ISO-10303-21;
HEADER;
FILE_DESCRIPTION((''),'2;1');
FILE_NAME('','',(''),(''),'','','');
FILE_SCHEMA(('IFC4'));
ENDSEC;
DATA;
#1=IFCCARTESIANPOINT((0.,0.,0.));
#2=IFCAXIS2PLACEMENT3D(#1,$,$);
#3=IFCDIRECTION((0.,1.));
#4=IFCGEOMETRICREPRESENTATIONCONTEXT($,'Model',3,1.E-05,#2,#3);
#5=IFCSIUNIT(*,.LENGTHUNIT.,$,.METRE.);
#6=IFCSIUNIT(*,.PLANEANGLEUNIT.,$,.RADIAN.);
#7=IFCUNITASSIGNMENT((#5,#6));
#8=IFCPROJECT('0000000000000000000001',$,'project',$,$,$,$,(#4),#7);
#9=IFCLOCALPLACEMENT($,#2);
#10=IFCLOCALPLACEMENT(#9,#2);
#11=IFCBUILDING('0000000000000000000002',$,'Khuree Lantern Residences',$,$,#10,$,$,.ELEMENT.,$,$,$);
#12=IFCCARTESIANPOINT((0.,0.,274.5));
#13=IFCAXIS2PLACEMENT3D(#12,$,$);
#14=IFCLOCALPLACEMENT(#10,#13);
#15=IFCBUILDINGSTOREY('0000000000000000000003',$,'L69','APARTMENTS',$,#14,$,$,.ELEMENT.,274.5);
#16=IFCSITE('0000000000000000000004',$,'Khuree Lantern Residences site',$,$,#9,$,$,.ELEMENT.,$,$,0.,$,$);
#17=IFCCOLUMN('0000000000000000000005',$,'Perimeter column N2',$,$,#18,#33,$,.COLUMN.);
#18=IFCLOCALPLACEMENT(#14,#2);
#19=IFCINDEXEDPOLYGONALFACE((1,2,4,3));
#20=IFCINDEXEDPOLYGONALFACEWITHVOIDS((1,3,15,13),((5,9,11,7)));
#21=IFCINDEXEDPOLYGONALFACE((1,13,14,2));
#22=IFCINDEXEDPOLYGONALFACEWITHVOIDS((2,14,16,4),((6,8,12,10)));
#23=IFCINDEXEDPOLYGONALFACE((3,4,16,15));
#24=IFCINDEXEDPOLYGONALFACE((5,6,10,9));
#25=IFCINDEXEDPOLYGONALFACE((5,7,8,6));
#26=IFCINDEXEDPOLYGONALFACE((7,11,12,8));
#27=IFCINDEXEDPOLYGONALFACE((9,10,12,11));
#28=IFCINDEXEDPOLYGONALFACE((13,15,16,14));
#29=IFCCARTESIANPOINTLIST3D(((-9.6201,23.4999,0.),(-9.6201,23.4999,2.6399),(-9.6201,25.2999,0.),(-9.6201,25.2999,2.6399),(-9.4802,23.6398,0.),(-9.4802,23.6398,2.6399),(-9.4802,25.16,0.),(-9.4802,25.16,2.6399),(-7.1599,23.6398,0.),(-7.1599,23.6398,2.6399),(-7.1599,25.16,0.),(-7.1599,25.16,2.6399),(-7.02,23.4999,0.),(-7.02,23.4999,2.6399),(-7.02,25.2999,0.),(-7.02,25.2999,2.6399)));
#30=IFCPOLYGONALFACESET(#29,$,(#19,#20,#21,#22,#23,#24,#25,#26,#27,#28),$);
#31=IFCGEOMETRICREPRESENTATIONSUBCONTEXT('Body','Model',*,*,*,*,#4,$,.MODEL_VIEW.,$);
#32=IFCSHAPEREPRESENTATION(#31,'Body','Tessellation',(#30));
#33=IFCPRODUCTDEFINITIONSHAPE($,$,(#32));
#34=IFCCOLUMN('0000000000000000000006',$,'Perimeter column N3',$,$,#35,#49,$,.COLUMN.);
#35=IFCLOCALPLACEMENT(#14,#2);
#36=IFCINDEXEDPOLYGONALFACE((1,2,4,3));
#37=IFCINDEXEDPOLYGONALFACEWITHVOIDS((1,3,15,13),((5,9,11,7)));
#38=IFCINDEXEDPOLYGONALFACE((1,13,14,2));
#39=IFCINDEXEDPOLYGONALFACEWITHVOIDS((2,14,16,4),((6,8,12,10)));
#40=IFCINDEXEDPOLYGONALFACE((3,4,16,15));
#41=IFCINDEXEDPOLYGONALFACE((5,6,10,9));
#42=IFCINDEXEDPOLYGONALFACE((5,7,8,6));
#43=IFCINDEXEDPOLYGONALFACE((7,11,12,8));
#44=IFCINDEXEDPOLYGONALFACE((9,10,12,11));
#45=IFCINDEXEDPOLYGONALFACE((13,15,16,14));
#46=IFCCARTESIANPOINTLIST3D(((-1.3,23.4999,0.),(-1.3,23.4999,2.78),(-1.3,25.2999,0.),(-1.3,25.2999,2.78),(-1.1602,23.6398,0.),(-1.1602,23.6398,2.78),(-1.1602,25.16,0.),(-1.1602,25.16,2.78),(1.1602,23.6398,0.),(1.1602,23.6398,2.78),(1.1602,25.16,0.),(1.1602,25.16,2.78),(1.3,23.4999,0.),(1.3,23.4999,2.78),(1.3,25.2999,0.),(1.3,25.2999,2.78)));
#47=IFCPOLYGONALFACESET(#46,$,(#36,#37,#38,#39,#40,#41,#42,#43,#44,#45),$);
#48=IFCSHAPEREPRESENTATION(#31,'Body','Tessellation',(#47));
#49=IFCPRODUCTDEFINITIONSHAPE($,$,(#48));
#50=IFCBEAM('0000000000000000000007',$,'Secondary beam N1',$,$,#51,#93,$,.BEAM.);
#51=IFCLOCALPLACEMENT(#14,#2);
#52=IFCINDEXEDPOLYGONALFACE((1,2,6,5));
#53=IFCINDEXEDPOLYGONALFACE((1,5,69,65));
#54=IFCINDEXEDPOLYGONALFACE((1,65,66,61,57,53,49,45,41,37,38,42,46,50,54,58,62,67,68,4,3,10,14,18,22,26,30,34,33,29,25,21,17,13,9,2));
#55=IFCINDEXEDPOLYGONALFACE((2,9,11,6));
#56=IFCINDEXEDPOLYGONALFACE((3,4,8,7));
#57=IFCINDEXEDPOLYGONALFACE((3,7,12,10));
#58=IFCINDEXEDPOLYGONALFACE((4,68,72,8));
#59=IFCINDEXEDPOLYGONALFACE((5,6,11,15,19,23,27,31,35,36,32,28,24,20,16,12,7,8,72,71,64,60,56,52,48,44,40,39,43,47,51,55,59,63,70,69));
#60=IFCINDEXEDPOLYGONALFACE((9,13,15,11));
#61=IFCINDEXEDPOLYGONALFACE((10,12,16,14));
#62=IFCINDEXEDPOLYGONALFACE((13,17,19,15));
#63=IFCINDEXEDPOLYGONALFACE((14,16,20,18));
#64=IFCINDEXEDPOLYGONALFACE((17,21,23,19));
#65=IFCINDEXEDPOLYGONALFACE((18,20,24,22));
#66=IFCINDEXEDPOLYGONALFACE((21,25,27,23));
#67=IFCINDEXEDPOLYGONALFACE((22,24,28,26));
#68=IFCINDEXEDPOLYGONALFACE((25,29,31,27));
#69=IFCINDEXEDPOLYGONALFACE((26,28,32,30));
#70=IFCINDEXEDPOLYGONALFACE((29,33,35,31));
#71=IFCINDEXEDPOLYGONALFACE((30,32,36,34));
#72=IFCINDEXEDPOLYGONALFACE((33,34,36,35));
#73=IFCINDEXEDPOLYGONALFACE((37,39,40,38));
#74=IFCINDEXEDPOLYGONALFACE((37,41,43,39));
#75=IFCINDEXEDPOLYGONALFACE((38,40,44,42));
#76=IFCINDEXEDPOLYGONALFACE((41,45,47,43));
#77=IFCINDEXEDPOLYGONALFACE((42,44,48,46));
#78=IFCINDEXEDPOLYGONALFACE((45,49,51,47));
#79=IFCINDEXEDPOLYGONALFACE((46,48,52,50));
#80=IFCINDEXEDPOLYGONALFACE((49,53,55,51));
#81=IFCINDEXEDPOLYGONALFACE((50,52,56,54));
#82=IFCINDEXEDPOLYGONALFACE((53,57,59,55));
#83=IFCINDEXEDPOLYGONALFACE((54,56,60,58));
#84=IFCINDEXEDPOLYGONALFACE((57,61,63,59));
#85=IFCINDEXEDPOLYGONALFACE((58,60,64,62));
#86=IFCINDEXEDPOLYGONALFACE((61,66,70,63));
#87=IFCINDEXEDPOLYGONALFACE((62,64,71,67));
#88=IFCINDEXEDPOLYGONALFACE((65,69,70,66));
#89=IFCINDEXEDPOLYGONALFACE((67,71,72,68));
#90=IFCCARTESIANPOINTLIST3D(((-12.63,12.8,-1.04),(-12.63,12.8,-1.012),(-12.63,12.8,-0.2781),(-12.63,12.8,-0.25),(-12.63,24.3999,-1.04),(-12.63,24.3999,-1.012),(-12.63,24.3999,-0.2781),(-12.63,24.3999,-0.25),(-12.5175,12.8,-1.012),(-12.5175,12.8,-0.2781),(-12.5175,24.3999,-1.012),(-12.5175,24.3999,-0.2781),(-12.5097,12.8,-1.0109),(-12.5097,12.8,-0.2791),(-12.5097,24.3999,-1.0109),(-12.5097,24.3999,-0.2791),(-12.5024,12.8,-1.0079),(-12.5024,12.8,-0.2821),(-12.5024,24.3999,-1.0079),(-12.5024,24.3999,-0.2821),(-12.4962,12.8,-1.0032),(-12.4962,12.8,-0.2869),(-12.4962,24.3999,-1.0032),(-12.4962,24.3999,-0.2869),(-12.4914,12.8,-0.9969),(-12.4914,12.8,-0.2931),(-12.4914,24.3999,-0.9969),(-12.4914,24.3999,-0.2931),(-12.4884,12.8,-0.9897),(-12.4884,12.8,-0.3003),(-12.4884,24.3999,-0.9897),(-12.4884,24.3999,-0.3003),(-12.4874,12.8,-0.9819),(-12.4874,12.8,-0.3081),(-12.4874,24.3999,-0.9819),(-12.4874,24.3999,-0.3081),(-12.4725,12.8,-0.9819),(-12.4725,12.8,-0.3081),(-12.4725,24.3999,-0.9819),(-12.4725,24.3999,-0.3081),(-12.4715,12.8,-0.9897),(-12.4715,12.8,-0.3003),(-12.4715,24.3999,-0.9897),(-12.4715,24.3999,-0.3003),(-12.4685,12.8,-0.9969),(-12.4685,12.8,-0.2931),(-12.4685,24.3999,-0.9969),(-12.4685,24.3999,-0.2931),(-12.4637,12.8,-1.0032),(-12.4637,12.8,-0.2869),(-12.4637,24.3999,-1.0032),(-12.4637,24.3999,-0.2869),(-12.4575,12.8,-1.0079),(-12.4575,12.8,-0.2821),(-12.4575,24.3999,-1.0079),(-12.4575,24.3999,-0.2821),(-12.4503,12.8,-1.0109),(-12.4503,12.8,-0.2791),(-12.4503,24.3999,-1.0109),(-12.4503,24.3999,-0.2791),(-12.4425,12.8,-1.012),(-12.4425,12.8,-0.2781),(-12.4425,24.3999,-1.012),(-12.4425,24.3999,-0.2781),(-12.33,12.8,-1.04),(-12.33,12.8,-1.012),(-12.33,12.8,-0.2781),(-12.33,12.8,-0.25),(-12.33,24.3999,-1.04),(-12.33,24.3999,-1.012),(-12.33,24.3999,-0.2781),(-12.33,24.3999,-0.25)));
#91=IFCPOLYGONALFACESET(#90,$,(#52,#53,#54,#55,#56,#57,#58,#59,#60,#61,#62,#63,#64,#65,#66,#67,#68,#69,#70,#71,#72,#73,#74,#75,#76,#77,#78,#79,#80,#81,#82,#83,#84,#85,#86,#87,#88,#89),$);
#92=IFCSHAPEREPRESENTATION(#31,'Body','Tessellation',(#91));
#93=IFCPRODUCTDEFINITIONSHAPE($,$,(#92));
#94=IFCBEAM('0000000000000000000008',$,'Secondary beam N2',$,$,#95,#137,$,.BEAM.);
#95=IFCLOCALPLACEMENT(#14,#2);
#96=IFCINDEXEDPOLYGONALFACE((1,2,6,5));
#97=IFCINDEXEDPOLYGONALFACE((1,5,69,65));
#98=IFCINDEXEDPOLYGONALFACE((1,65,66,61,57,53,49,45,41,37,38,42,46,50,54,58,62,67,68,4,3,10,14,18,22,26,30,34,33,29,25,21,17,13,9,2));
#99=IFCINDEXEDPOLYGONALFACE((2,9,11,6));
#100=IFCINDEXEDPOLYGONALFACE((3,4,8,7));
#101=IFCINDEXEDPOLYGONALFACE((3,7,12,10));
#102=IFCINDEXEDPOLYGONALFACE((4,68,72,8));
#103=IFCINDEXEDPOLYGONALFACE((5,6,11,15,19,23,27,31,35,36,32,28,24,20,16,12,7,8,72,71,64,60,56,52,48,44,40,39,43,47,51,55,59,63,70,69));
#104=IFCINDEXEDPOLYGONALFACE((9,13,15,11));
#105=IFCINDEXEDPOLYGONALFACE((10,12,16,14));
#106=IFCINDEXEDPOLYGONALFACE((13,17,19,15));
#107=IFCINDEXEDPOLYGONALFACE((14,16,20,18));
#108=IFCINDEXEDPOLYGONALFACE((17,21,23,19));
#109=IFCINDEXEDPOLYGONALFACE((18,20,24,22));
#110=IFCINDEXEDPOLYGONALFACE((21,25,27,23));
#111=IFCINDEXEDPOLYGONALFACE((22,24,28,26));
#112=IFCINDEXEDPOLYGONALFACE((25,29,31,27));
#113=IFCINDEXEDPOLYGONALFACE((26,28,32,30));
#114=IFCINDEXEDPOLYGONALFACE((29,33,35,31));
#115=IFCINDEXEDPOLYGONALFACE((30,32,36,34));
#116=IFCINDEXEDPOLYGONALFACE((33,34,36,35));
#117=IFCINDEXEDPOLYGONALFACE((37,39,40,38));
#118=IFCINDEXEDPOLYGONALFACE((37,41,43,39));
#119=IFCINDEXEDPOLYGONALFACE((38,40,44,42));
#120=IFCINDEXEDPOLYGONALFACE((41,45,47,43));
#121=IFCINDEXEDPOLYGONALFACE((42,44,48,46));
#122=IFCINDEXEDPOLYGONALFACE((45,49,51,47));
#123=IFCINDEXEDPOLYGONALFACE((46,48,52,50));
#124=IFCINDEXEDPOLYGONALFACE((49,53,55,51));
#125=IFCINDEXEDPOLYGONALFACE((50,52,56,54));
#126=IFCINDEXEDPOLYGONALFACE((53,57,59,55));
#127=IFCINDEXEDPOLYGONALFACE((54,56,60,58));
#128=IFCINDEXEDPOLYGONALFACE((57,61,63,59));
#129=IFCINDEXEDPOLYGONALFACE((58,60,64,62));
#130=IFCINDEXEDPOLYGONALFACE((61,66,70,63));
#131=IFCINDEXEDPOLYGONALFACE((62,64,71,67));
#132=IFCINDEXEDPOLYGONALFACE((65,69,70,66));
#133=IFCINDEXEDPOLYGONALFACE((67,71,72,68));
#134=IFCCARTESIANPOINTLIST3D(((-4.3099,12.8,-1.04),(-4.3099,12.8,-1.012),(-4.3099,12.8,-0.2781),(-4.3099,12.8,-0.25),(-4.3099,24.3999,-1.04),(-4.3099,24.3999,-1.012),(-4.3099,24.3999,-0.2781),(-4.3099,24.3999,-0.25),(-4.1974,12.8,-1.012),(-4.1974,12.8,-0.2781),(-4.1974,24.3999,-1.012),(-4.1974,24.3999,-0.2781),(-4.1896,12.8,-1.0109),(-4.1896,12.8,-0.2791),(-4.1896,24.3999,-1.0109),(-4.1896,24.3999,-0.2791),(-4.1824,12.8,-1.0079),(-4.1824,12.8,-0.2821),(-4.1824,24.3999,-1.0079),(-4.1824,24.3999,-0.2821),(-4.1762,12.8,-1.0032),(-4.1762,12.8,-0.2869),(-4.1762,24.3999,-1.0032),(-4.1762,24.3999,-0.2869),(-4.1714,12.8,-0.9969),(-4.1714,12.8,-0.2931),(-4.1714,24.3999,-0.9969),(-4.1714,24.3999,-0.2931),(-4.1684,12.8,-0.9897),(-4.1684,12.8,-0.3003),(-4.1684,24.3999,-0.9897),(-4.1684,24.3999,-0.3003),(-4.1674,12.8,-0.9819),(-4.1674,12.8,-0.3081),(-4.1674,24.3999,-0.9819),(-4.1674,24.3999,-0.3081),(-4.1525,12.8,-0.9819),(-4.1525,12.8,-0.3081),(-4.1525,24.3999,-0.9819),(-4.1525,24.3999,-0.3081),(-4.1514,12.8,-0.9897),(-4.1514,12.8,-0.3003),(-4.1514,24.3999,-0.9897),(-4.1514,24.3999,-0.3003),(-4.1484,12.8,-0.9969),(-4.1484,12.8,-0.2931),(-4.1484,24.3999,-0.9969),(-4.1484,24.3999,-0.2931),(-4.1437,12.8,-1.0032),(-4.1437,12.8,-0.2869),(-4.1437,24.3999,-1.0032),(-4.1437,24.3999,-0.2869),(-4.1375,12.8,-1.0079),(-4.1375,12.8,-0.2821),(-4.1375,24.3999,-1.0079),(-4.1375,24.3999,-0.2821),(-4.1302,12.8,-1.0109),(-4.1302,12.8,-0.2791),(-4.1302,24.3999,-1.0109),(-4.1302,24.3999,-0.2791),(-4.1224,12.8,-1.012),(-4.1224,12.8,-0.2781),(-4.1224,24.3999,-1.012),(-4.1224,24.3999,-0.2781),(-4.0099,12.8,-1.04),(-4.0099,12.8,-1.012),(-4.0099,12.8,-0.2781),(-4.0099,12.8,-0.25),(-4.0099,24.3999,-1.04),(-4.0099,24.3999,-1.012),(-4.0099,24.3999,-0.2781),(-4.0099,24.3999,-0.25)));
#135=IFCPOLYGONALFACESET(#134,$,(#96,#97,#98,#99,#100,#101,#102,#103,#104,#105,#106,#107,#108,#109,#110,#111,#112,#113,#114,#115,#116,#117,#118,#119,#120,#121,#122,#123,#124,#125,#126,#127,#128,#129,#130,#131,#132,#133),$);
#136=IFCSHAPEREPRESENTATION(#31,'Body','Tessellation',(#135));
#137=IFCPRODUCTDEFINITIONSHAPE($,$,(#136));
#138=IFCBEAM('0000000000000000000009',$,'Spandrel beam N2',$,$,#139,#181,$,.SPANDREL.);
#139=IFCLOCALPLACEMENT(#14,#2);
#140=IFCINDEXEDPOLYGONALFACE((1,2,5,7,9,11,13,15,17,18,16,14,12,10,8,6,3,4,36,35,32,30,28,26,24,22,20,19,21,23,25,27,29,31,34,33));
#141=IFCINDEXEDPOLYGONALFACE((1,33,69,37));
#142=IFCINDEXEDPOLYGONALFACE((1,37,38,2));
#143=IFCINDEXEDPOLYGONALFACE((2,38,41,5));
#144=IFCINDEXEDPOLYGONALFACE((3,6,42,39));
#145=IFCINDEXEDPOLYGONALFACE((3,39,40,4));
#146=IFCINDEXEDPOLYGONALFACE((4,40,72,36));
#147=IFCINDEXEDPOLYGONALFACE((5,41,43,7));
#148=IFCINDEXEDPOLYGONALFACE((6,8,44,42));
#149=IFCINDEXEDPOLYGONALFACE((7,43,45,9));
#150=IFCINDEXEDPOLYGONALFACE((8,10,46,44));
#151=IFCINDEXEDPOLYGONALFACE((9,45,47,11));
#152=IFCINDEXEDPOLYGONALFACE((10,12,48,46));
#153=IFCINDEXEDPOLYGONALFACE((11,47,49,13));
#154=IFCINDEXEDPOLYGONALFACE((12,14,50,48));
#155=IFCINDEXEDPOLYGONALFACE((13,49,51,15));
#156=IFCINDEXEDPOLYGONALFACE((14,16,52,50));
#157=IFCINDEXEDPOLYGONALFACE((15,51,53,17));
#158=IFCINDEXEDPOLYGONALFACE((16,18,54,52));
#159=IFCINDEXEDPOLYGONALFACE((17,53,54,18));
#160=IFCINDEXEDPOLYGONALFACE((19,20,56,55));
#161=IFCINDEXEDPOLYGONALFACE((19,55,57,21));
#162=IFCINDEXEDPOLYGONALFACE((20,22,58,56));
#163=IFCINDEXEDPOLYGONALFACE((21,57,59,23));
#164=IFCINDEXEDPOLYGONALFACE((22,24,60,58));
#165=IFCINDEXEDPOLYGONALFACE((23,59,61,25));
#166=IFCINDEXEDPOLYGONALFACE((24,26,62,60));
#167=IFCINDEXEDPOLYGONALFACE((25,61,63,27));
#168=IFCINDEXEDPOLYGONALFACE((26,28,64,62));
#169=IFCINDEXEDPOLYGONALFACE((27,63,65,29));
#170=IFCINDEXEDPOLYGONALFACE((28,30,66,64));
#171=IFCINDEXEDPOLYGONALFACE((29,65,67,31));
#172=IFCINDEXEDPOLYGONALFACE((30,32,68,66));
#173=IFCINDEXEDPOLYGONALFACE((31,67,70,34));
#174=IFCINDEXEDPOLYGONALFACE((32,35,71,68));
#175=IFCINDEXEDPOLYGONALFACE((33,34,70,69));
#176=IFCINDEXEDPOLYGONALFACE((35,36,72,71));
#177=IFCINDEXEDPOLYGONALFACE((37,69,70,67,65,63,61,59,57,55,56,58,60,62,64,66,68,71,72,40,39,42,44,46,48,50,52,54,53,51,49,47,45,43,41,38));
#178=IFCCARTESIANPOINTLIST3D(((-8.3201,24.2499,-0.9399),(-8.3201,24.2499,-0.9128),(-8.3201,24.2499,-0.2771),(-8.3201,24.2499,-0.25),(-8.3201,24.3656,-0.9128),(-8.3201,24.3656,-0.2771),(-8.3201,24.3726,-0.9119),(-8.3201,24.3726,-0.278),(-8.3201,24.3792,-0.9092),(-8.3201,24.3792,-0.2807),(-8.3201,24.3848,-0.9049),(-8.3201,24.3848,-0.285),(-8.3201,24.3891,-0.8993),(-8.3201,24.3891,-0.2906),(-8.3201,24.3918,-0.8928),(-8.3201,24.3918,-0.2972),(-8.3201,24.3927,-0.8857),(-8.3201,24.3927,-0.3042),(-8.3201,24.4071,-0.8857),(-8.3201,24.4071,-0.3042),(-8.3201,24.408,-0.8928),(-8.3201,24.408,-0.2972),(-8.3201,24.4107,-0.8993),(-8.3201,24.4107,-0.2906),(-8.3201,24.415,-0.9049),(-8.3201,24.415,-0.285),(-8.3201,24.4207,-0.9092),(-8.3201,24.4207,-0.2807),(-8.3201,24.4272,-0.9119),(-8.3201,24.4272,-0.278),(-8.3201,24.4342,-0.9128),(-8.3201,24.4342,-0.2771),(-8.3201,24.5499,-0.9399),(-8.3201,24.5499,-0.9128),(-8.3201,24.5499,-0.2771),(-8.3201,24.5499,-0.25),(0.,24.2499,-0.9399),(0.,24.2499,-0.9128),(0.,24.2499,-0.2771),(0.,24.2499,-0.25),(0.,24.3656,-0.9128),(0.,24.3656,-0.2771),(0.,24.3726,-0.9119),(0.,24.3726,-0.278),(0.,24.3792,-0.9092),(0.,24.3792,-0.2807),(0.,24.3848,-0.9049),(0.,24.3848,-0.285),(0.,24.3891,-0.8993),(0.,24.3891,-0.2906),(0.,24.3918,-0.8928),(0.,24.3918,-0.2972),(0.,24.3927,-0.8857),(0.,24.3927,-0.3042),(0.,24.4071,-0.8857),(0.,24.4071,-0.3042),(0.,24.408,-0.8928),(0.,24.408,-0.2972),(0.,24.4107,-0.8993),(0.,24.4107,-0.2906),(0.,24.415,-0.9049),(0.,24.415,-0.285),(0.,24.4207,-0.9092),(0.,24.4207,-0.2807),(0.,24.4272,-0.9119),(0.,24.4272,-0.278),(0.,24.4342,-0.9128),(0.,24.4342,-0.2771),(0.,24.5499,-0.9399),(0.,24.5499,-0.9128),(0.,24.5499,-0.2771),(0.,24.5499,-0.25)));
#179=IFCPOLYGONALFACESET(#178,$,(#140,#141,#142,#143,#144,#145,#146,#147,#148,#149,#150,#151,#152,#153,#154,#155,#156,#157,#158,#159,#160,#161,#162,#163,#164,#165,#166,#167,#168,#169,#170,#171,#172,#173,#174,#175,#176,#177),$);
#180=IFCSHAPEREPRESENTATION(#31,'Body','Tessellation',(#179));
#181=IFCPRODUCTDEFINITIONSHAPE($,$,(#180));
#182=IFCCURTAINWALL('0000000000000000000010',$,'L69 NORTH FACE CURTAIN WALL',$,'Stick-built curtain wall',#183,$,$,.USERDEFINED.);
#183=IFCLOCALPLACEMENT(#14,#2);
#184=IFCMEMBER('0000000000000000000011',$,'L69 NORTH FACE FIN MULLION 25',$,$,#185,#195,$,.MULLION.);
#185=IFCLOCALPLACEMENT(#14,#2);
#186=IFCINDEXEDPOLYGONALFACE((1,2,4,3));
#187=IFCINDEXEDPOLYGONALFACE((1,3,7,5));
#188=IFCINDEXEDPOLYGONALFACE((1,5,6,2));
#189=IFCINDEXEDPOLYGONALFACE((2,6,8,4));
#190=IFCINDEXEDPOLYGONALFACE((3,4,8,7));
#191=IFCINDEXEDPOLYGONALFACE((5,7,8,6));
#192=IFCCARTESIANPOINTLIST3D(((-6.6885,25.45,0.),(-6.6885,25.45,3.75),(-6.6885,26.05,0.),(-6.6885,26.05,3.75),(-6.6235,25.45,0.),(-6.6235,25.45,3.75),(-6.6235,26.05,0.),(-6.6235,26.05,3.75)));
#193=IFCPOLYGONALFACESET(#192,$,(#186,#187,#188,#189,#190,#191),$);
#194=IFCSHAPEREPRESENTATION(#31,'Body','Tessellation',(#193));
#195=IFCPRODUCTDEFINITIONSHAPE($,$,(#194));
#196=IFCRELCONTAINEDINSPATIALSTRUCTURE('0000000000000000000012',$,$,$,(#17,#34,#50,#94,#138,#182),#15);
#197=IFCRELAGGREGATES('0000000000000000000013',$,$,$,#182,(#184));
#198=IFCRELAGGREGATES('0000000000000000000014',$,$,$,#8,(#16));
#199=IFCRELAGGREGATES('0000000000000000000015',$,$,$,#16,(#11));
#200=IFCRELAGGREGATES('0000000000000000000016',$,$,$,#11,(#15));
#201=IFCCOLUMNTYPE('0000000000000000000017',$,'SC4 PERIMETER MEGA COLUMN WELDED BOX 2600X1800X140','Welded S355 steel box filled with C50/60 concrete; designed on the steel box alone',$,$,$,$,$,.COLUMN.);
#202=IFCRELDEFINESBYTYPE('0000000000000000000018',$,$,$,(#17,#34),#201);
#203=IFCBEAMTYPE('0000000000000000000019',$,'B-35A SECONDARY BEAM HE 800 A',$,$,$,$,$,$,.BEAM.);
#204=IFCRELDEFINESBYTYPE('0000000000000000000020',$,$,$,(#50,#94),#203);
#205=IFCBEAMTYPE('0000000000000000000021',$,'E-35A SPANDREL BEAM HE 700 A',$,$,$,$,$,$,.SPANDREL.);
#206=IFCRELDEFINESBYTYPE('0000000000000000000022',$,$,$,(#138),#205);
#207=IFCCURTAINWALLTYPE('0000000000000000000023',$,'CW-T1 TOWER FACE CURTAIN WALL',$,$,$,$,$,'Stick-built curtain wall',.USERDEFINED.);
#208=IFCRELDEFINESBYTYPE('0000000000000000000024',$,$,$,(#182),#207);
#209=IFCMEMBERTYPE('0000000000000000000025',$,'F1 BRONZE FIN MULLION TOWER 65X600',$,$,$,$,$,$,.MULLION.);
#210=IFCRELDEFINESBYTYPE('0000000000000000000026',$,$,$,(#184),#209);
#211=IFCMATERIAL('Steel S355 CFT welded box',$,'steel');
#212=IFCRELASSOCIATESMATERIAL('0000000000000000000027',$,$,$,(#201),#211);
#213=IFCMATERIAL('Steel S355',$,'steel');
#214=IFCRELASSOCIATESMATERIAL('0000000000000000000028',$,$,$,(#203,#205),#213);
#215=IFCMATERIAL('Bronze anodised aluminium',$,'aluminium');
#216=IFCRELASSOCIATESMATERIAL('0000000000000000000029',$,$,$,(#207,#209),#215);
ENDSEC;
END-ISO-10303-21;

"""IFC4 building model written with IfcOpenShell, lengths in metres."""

from ifc_helpers import new_model, si_unit, direction, frame, origin, origin_2d, place, context, subcontext, project, spatial, rectangle, hollow_rectangle, i_section, extrude, material, material_profile, profile_set, type_object, element, aggregate, save


model = new_model("IFC4")

# Units and contexts
model_context = context("Model", 3, precision=1e-05, world=origin(), true_north=direction((0.0, 1.0)))
body_context = subcontext(model_context, "Body", "Model", "MODEL_VIEW")
ifc_project = project(units=[si_unit("LENGTHUNIT", "METRE"), si_unit("PLANEANGLEUNIT", "RADIAN")], contexts=[model_context])

# Site, building, storey
site_placement = place(None, origin())
site = spatial("IfcSite", under=ifc_project, at=site_placement, Name="Khuree Lantern Residences site", CompositionType="ELEMENT", RefElevation=0.0)
building_placement = place(site_placement, origin())
building = spatial("IfcBuilding", under=site, at=building_placement, Name="Khuree Lantern Residences", CompositionType="ELEMENT")
storey_placement = place(building_placement, frame((0.0, 0.0, 274.5)))
storey = spatial("IfcBuildingStorey", under=building, at=storey_placement, Name="L69", Description="APARTMENTS", CompositionType="ELEMENT", Elevation=274.5)

# Columns
ifc_material_1 = material(Name="Steel S355 CFT welded box", Category="steel")
ifc_material_profile_1 = material_profile(ifc_material_1, hollow_rectangle(XDim=2.6001, YDim=1.8, WallThickness=0.1399, at=origin_2d()), Name="WELDED BOX 2600X1800X140")
ifc_profile_set_1 = profile_set([ifc_material_profile_1], Name="Steel S355 CFT welded box")
column_type = type_object("IfcColumnType", Name="SC4 PERIMETER MEGA COLUMN WELDED BOX 2600X1800X140", Description="Welded S355 steel box filled with C50/60 concrete; designed on the steel box alone", PredefinedType="COLUMN", material=ifc_profile_set_1)
column_1_placement = place(storey_placement, frame((-8.3201, 24.3999, 0.0), z_axis=(0.0, 0.0, 1.0), x_axis=(1.0, 0.0, 0.0)))
element("IfcColumn", 1, at=column_1_placement, inside=storey, type_object=column_type, Name="Perimeter column N2", PredefinedType="COLUMN", context=body_context, shape_type="SweptSolid", body=[
    extrude(hollow_rectangle(XDim=2.6001, YDim=1.8, WallThickness=0.1399, at=origin_2d()), origin(), (0.0, 0.0, 1.0), 2.6399),
])
column_2_placement = place(storey_placement, frame((0.0, 24.3999, 0.0), z_axis=(0.0, 0.0, 1.0), x_axis=(1.0, 0.0, 0.0)))
element("IfcColumn", 2, at=column_2_placement, inside=storey, type_object=column_type, Name="Perimeter column N3", PredefinedType="COLUMN", context=body_context, shape_type="SweptSolid", body=[
    extrude(hollow_rectangle(XDim=2.6001, YDim=1.8, WallThickness=0.1399, at=origin_2d()), origin(), (0.0, 0.0, 1.0), 2.78),
])

# Beams
ifc_material_2 = material(Name="Steel S355", Category="steel")
ifc_material_profile_2 = material_profile(ifc_material_2, i_section(OverallWidth=0.3, OverallDepth=0.79, WebThickness=0.0149, FlangeThickness=0.0281, FilletRadius=0.03, at=origin_2d()), Name="HE 800 A")
ifc_profile_set_2 = profile_set([ifc_material_profile_2], Name="Steel S355")
beam_type_1 = type_object("IfcBeamType", Name="B-35A SECONDARY BEAM HE 800 A", PredefinedType="BEAM", material=ifc_profile_set_2)
for number, where, z_axis, x_axis, name in (
    (3, (-12.48, 24.3999, -0.645), (0.0, -1.0, 0.0), (1.0, 0.0, 0.0), "Secondary beam N1"),
    (4, (-4.1599, 24.3999, -0.645), (0.0, -1.0, 0.0), (1.0, 0.0, 0.0), "Secondary beam N2"),
):
    element("IfcBeam", number, at=place(storey_placement, frame(where, z_axis=z_axis, x_axis=x_axis)), inside=storey, type_object=beam_type_1, Name=name, PredefinedType="BEAM", context=body_context, shape_type="SweptSolid", body=[
        extrude(i_section(OverallWidth=0.3, OverallDepth=0.79, WebThickness=0.0149, FlangeThickness=0.0281, FilletRadius=0.03, at=origin_2d()), origin(), (0.0, 0.0, 1.0), 11.5999),
    ])
ifc_material_profile_3 = material_profile(ifc_material_2, i_section(OverallWidth=0.3, OverallDepth=0.6899, WebThickness=0.0144, FlangeThickness=0.0271, FilletRadius=0.0271, at=origin_2d()), Name="HE 700 A")
ifc_profile_set_3 = profile_set([ifc_material_profile_3], Name="Steel S355")
beam_type_2 = type_object("IfcBeamType", Name="E-35A SPANDREL BEAM HE 700 A", PredefinedType="SPANDREL", material=ifc_profile_set_3)
beam_1_placement = place(storey_placement, frame((-8.3201, 24.3999, -0.595), z_axis=(1.0, 0.0, 0.0), x_axis=(0.0, 1.0, 0.0)))
element("IfcBeam", 5, at=beam_1_placement, inside=storey, type_object=beam_type_2, Name="Spandrel beam N2", PredefinedType="SPANDREL", context=body_context, shape_type="SweptSolid", body=[
    extrude(i_section(OverallWidth=0.3, OverallDepth=0.6899, WebThickness=0.0144, FlangeThickness=0.0271, FilletRadius=0.0271, at=origin_2d()), origin(), (0.0, 0.0, 1.0), 8.3201),
])

# Curtain wall, member
ifc_material_3 = material(Name="Bronze anodised aluminium", Category="aluminium")
curtain_wall_type = type_object("IfcCurtainWallType", Name="CW-T1 TOWER FACE CURTAIN WALL", ElementType="Stick-built curtain wall", PredefinedType="USERDEFINED", material=ifc_material_3)
curtain_wall_placement = place(storey_placement, origin())
curtain_wall = element("IfcCurtainWall", 6, at=curtain_wall_placement, inside=storey, type_object=curtain_wall_type, Name="L69 NORTH FACE CURTAIN WALL", ObjectType="Stick-built curtain wall", PredefinedType="USERDEFINED")
ifc_material_profile_4 = material_profile(ifc_material_3, rectangle(XDim=0.0649, YDim=0.6001, at=origin_2d()), Name="F1 65X600")
ifc_profile_set_4 = profile_set([ifc_material_profile_4], Name="Bronze anodised aluminium")
member_type_1 = type_object("IfcMemberType", Name="F1 BRONZE FIN MULLION TOWER 65X600", PredefinedType="MULLION", material=ifc_profile_set_4)
member_1_placement = place(storey_placement, frame((-6.656, 25.75, 0.0), z_axis=(0.0, 0.0, 1.0), x_axis=(-1.0, 0.0, 0.0)))
member_1 = element("IfcMember", 7, at=member_1_placement, type_object=member_type_1, Name="L69 NORTH FACE FIN MULLION 25", PredefinedType="MULLION", context=body_context, shape_type="SweptSolid", body=[
    extrude(rectangle(XDim=0.0649, YDim=0.6001, at=origin_2d()), origin(), (0.0, 0.0, 1.0), 3.75),
])

aggregate(curtain_wall, [member_1])

save(model, "model.ifc")
